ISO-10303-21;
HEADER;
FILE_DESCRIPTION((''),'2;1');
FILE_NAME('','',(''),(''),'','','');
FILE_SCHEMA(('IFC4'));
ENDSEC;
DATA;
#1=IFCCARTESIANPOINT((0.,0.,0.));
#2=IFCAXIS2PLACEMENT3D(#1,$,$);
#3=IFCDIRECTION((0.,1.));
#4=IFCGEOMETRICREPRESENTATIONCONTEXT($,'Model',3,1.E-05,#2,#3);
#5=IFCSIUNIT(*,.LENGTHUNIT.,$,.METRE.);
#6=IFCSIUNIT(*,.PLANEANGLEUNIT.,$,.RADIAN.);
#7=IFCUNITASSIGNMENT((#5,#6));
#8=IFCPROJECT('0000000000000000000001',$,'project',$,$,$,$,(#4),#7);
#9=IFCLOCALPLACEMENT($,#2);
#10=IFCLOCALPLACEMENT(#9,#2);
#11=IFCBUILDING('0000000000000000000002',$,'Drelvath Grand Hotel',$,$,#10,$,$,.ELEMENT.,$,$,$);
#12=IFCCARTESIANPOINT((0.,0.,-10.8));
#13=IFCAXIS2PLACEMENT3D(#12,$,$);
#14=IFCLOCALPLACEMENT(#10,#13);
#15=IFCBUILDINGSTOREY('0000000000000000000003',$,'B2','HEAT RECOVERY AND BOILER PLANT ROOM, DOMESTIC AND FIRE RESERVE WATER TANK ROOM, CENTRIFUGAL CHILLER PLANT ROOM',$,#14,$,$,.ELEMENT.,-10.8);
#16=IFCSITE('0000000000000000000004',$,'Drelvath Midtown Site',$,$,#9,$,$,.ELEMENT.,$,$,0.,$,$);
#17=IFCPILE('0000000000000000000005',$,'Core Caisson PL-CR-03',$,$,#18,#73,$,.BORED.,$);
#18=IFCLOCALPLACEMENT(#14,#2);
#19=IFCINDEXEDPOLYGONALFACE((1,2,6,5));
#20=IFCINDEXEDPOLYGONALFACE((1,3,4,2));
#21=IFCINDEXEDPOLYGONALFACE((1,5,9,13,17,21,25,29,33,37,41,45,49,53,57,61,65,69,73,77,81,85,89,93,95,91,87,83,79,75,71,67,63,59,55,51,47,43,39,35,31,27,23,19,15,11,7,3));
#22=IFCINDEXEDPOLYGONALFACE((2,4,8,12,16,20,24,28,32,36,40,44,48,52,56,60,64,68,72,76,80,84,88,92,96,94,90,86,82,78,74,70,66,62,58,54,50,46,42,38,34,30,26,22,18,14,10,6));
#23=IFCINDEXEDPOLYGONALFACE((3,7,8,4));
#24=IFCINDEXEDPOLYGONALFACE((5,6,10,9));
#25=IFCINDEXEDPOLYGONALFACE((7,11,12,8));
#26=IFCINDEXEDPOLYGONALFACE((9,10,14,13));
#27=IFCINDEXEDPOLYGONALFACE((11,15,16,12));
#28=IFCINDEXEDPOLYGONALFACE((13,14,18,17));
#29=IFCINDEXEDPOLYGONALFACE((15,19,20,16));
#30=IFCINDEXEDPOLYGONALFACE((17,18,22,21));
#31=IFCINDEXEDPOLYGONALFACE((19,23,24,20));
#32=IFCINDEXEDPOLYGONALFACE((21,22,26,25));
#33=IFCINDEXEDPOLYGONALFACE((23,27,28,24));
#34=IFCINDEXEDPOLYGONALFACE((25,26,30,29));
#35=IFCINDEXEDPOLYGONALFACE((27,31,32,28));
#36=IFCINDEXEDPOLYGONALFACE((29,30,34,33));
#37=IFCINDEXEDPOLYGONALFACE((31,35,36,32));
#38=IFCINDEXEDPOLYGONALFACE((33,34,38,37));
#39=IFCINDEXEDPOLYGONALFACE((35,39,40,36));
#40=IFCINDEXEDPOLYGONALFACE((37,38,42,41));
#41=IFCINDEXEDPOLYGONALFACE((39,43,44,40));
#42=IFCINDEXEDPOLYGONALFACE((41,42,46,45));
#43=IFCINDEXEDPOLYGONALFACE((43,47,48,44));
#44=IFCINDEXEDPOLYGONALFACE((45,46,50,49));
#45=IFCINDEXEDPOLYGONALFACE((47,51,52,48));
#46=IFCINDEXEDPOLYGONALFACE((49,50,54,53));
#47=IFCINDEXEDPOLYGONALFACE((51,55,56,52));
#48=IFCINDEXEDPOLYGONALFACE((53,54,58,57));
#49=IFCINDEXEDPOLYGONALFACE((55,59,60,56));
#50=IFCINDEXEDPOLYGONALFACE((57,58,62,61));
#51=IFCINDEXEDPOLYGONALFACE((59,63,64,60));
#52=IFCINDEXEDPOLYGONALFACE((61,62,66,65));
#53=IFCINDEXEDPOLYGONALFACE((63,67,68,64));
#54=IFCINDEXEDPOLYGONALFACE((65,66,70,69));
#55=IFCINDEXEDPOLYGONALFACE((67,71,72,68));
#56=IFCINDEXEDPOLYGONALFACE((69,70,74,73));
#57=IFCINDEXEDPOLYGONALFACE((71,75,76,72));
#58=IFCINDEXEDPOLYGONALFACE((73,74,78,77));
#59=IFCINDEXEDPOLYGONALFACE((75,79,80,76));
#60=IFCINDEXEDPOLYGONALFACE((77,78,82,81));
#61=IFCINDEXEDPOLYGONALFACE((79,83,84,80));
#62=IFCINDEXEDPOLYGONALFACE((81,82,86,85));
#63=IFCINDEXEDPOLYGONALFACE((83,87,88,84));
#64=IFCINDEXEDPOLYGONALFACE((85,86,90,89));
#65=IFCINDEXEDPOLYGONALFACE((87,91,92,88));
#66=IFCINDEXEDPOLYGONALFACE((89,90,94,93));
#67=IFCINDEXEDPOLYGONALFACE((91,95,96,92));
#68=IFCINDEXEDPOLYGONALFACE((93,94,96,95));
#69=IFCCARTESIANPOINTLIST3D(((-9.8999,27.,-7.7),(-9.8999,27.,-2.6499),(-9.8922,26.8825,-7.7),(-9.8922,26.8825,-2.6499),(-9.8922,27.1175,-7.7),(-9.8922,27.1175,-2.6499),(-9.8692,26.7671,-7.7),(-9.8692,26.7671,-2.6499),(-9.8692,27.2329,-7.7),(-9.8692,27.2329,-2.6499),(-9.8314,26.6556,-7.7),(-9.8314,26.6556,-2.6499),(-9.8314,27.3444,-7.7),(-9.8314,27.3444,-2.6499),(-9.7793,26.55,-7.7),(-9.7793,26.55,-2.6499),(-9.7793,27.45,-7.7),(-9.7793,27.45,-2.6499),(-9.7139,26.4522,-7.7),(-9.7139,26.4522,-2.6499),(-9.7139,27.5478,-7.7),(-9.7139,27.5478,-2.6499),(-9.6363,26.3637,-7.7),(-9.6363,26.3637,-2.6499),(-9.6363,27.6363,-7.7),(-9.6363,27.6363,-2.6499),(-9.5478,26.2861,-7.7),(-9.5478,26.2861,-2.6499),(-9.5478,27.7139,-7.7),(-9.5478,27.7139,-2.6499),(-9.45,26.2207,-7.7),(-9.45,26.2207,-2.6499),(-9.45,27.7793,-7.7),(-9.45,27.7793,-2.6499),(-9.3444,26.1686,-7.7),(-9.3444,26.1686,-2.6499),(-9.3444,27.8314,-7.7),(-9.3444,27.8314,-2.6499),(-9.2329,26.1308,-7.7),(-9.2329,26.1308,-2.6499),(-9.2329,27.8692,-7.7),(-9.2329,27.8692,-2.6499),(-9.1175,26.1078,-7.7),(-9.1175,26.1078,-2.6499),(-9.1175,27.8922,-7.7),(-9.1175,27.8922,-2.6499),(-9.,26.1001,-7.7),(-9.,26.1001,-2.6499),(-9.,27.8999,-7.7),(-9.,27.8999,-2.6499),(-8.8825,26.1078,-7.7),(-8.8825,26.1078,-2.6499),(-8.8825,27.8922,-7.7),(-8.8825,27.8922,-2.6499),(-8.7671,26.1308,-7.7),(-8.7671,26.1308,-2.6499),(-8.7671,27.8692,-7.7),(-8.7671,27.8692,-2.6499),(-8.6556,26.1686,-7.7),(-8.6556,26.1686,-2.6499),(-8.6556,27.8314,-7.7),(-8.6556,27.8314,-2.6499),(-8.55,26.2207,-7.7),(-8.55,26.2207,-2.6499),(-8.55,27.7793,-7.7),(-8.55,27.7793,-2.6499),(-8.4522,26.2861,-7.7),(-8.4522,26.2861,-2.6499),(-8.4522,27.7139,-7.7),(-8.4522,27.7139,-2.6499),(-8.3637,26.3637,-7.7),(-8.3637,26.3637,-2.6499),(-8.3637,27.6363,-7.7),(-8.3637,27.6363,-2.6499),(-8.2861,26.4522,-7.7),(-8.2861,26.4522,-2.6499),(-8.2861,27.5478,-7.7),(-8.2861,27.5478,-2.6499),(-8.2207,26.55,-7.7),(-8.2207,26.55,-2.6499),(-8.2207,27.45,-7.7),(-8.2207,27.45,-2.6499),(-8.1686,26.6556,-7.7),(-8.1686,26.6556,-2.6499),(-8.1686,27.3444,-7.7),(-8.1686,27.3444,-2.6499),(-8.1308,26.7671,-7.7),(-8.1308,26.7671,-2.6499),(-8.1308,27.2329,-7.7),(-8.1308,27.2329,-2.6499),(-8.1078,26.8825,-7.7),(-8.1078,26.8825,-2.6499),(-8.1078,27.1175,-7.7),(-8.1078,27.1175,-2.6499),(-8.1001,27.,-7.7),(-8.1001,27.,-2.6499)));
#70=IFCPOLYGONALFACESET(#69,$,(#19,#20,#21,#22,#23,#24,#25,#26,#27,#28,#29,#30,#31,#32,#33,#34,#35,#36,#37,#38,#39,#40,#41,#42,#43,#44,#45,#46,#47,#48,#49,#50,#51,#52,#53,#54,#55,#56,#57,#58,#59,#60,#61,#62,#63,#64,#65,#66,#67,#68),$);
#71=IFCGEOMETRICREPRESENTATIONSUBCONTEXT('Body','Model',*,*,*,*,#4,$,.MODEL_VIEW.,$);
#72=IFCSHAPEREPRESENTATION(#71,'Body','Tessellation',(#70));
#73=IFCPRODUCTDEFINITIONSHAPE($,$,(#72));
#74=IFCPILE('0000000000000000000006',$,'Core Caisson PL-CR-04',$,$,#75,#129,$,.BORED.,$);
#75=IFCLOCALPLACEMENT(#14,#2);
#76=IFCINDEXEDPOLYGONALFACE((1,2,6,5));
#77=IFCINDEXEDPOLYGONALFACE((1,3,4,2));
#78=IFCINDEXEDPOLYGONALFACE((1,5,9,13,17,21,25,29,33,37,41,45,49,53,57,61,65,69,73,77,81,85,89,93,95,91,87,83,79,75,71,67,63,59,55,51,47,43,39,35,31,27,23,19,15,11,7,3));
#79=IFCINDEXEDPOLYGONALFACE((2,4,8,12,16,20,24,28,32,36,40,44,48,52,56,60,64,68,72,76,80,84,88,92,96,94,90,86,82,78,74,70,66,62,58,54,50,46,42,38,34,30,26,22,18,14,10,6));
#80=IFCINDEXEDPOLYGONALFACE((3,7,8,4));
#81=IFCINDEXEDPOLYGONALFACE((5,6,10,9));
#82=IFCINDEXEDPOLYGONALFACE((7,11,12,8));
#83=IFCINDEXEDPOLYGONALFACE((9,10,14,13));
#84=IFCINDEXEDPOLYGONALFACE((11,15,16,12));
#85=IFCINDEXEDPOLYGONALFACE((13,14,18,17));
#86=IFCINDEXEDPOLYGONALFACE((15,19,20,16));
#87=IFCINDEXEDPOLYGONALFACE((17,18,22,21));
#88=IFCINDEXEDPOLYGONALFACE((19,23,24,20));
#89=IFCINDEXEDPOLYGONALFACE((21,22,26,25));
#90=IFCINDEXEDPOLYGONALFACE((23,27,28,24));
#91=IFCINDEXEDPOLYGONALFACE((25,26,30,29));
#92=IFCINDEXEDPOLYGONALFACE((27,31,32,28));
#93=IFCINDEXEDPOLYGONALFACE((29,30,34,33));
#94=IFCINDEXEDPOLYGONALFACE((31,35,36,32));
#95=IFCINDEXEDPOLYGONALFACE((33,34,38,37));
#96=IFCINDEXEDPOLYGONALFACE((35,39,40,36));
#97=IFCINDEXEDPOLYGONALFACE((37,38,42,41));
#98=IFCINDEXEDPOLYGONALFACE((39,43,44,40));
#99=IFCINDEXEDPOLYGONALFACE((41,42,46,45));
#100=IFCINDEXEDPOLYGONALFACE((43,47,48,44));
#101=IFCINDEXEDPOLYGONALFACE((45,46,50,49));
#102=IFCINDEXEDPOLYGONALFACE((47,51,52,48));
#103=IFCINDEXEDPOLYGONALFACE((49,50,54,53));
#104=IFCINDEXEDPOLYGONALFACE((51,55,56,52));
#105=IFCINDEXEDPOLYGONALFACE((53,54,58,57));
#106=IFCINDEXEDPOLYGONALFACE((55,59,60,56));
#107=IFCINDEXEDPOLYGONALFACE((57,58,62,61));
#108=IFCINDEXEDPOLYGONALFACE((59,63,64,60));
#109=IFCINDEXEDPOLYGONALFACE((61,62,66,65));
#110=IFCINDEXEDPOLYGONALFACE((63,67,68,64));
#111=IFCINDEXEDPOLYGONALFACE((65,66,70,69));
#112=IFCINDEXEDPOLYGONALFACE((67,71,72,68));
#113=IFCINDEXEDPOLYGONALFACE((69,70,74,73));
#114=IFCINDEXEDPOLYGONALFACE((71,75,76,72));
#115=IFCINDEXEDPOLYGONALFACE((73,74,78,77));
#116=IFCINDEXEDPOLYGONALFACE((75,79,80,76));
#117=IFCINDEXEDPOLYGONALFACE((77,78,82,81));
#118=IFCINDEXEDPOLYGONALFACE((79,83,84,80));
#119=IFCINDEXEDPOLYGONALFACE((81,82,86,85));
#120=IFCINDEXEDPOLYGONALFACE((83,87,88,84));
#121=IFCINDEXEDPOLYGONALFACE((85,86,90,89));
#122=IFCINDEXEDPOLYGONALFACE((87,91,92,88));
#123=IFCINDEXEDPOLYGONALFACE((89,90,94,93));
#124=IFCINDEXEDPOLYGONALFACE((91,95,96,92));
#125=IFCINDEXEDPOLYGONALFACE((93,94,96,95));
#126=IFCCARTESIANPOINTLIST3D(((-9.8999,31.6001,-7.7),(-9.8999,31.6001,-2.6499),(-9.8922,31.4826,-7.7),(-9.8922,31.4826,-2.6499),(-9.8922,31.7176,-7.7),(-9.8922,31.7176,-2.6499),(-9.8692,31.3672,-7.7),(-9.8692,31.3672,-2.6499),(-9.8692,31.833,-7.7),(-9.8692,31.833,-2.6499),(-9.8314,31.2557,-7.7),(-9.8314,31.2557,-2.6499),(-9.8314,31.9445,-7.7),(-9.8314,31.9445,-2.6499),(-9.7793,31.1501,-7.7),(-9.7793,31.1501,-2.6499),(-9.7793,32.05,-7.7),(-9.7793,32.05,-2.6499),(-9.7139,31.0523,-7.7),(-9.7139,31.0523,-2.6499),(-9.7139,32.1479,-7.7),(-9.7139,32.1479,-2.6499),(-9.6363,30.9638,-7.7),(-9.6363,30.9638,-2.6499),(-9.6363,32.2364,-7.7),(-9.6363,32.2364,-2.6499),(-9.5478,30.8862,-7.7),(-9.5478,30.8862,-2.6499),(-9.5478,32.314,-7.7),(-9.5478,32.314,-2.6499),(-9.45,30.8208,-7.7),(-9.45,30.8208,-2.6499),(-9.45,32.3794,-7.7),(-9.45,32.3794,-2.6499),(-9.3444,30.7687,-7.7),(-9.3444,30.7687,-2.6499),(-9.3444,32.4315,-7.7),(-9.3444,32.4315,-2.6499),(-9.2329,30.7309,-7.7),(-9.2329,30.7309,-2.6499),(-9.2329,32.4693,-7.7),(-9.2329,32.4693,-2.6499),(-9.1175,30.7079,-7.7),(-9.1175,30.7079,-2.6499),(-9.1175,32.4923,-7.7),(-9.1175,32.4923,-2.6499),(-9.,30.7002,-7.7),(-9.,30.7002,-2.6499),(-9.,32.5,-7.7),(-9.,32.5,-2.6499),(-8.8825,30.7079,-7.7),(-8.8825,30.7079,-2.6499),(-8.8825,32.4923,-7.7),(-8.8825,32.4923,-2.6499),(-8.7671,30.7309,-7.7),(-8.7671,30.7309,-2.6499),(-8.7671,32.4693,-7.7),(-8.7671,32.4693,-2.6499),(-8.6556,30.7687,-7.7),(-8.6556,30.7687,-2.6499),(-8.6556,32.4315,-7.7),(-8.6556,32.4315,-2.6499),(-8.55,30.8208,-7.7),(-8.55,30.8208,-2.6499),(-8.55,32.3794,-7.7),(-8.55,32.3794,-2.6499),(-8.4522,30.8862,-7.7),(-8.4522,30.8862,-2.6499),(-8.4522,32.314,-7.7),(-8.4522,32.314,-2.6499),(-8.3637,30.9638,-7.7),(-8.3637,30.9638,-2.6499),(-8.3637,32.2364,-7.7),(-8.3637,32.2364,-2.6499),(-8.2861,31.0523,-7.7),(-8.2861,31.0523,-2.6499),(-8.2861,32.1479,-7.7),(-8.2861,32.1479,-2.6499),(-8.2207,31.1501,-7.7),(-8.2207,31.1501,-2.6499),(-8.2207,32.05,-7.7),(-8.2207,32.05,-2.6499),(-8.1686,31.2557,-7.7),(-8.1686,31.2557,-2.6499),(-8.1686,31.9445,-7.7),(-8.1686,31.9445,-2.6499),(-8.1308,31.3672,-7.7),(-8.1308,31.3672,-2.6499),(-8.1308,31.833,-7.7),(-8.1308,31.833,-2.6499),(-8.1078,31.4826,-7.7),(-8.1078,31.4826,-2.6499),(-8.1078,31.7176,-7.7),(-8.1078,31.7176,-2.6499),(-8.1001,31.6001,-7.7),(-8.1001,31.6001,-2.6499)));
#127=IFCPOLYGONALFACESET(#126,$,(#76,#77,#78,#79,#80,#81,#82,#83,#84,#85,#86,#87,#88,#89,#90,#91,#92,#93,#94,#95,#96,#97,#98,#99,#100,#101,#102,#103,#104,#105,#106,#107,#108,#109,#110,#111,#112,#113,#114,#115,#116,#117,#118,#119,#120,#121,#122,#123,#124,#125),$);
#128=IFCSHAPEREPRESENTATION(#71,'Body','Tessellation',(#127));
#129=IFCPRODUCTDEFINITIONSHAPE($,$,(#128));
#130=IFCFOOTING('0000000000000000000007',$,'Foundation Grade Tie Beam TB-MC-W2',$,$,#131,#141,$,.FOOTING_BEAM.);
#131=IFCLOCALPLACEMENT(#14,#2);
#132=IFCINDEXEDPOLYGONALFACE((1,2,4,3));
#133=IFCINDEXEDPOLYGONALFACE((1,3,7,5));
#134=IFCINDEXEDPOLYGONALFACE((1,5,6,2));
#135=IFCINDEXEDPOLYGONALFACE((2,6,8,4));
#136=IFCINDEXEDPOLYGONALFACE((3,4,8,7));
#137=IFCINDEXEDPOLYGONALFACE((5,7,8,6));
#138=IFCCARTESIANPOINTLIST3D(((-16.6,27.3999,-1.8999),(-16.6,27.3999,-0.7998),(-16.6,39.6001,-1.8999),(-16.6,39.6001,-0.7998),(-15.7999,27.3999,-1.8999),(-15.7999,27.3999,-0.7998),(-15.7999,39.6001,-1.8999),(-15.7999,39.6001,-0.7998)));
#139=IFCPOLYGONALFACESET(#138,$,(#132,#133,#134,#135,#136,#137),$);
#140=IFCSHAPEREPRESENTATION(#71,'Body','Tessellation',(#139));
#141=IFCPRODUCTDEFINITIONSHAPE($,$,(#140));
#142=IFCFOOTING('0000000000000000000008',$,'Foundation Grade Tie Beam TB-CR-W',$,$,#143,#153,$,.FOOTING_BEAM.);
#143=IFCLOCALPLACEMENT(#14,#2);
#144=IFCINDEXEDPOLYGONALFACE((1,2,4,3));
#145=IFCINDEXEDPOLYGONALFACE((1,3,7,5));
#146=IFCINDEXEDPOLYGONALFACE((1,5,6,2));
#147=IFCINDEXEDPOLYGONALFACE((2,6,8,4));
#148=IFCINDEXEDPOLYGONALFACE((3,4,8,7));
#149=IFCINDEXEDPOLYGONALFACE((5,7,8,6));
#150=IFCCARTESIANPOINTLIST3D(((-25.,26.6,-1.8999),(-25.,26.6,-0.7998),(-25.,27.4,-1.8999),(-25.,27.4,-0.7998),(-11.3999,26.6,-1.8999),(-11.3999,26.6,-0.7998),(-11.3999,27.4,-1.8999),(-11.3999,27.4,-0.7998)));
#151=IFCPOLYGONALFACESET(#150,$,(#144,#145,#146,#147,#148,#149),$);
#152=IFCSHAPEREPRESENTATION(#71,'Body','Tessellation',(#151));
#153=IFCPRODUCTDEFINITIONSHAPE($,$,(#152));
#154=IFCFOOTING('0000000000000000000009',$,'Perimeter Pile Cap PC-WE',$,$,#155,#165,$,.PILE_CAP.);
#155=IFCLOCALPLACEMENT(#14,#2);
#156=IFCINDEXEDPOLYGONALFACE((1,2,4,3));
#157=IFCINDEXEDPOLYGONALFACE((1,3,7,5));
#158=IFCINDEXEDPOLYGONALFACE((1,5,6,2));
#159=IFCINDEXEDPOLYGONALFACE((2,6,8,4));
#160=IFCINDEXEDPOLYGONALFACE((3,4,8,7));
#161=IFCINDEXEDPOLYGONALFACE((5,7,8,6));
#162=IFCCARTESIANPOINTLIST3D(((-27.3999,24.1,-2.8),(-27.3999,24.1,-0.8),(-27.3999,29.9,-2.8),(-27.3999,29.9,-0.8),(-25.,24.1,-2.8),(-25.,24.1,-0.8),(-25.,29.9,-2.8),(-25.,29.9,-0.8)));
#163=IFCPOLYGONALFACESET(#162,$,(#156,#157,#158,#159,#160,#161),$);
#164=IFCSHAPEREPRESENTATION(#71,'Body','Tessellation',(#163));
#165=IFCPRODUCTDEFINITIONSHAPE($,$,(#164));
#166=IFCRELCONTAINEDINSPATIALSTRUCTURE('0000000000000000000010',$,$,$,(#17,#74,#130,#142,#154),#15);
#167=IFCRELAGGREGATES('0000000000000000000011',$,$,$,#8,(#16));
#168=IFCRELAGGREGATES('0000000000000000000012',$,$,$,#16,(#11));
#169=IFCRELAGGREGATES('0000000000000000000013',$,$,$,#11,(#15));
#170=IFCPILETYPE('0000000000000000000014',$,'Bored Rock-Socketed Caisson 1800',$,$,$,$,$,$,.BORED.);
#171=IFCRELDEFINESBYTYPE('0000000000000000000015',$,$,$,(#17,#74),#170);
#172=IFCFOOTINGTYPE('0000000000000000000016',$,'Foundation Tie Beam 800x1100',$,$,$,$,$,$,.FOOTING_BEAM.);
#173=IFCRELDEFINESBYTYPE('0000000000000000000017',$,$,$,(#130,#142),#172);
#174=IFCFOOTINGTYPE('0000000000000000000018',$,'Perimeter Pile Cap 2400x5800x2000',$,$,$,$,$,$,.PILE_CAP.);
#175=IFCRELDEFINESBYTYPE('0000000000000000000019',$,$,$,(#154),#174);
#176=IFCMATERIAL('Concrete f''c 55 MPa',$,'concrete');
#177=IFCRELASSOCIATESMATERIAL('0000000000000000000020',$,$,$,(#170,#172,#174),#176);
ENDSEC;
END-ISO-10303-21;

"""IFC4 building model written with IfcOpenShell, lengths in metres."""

from ifc_helpers import new_model, si_unit, direction, frame, origin, origin_2d, place, context, subcontext, project, spatial, rectangle, circle, extrude, material, material_profile, profile_set, type_object, element, save


model = new_model("IFC4")

# Units and contexts
model_context = context("Model", 3, precision=1e-05, world=origin(), true_north=direction((0.0, 1.0)))
body_context = subcontext(model_context, "Body", "Model", "MODEL_VIEW")
ifc_project = project(units=[si_unit("LENGTHUNIT", "METRE"), si_unit("PLANEANGLEUNIT", "RADIAN")], contexts=[model_context])

# Site, building, storey
site_placement = place(None, origin())
site = spatial("IfcSite", under=ifc_project, at=site_placement, Name="Drelvath Midtown Site", CompositionType="ELEMENT", RefElevation=0.0)
building_placement = place(site_placement, origin())
building = spatial("IfcBuilding", under=site, at=building_placement, Name="Drelvath Grand Hotel", CompositionType="ELEMENT")
storey_placement = place(building_placement, frame((0.0, 0.0, -10.8)))
storey = spatial("IfcBuildingStorey", under=building, at=storey_placement, Name="B2", Description="HEAT RECOVERY AND BOILER PLANT ROOM, DOMESTIC AND FIRE RESERVE WATER TANK ROOM, CENTRIFUGAL CHILLER PLANT ROOM", CompositionType="ELEMENT", Elevation=-10.8)

# Piles
ifc_material_1 = material(Name="Concrete f'c 55 MPa", Category="concrete")
ifc_material_profile_1 = material_profile(ifc_material_1, circle(Radius=0.8999, at=origin_2d()), Name="CAISSON1800")
ifc_profile_set_1 = profile_set([ifc_material_profile_1], Name="Concrete f'c 55 MPa")
pile_type_1 = type_object("IfcPileType", Name="Bored Rock-Socketed Caisson 1800", PredefinedType="BORED", material=ifc_profile_set_1)
for number, where, z_axis, x_axis, name in (
    (1, (-9.0, 27.0, -2.6499), (0.0, 0.0, -1.0), (1.0, 0.0, 0.0), "Core Caisson PL-CR-03"),
    (2, (-9.0, 31.6001, -2.6499), (0.0, 0.0, -1.0), (1.0, 0.0, 0.0), "Core Caisson PL-CR-04"),
):
    element("IfcPile", number, at=place(storey_placement, frame(where, z_axis=z_axis, x_axis=x_axis)), inside=storey, type_object=pile_type_1, Name=name, PredefinedType="BORED", context=body_context, shape_type="SweptSolid", body=[
        extrude(circle(Radius=0.8999, at=origin_2d()), origin(), (0.0, 0.0, 1.0), 5.05),
    ])

# Footings
ifc_material_profile_2 = material_profile(ifc_material_1, rectangle(XDim=0.8, YDim=1.1001, at=origin_2d()), Name="CB800X1100")
ifc_profile_set_2 = profile_set([ifc_material_profile_2], Name="Concrete f'c 55 MPa")
footing_type_1 = type_object("IfcFootingType", Name="Foundation Tie Beam 800x1100", PredefinedType="FOOTING_BEAM", material=ifc_profile_set_2)
footing_1_placement = place(storey_placement, frame((-16.2, 27.3999, -1.3499), z_axis=(0.0, 1.0, 0.0), x_axis=(-1.0, 0.0, 0.0)))
element("IfcFooting", 3, at=footing_1_placement, inside=storey, type_object=footing_type_1, Name="Foundation Grade Tie Beam TB-MC-W2", PredefinedType="FOOTING_BEAM", context=body_context, shape_type="SweptSolid", body=[
    extrude(rectangle(XDim=0.8, YDim=1.1001, at=origin_2d()), origin(), (0.0, 0.0, 1.0), 12.2002),
])
footing_2_placement = place(storey_placement, frame((-25.0, 27.0, -1.3499), z_axis=(1.0, 0.0, 0.0), x_axis=(0.0, 1.0, 0.0)))
element("IfcFooting", 4, at=footing_2_placement, inside=storey, type_object=footing_type_1, Name="Foundation Grade Tie Beam TB-CR-W", PredefinedType="FOOTING_BEAM", context=body_context, shape_type="SweptSolid", body=[
    extrude(rectangle(XDim=0.8, YDim=1.1001, at=origin_2d()), origin(), (0.0, 0.0, 1.0), 13.6001),
])
footing_type_2 = type_object("IfcFootingType", Name="Perimeter Pile Cap 2400x5800x2000", PredefinedType="PILE_CAP", material=ifc_material_1)
footing_3_placement = place(storey_placement, frame((-26.2, 27.0, -2.8), z_axis=(0.0, 0.0, 1.0), x_axis=(1.0, 0.0, 0.0)))
element("IfcFooting", 5, at=footing_3_placement, inside=storey, type_object=footing_type_2, Name="Perimeter Pile Cap PC-WE", PredefinedType="PILE_CAP", context=body_context, shape_type="SweptSolid", body=[
    extrude(rectangle(XDim=2.3999, YDim=5.8, at=origin_2d()), origin(), (0.0, 0.0, 1.0), 2.0),
])

save(model, "model.ifc")
